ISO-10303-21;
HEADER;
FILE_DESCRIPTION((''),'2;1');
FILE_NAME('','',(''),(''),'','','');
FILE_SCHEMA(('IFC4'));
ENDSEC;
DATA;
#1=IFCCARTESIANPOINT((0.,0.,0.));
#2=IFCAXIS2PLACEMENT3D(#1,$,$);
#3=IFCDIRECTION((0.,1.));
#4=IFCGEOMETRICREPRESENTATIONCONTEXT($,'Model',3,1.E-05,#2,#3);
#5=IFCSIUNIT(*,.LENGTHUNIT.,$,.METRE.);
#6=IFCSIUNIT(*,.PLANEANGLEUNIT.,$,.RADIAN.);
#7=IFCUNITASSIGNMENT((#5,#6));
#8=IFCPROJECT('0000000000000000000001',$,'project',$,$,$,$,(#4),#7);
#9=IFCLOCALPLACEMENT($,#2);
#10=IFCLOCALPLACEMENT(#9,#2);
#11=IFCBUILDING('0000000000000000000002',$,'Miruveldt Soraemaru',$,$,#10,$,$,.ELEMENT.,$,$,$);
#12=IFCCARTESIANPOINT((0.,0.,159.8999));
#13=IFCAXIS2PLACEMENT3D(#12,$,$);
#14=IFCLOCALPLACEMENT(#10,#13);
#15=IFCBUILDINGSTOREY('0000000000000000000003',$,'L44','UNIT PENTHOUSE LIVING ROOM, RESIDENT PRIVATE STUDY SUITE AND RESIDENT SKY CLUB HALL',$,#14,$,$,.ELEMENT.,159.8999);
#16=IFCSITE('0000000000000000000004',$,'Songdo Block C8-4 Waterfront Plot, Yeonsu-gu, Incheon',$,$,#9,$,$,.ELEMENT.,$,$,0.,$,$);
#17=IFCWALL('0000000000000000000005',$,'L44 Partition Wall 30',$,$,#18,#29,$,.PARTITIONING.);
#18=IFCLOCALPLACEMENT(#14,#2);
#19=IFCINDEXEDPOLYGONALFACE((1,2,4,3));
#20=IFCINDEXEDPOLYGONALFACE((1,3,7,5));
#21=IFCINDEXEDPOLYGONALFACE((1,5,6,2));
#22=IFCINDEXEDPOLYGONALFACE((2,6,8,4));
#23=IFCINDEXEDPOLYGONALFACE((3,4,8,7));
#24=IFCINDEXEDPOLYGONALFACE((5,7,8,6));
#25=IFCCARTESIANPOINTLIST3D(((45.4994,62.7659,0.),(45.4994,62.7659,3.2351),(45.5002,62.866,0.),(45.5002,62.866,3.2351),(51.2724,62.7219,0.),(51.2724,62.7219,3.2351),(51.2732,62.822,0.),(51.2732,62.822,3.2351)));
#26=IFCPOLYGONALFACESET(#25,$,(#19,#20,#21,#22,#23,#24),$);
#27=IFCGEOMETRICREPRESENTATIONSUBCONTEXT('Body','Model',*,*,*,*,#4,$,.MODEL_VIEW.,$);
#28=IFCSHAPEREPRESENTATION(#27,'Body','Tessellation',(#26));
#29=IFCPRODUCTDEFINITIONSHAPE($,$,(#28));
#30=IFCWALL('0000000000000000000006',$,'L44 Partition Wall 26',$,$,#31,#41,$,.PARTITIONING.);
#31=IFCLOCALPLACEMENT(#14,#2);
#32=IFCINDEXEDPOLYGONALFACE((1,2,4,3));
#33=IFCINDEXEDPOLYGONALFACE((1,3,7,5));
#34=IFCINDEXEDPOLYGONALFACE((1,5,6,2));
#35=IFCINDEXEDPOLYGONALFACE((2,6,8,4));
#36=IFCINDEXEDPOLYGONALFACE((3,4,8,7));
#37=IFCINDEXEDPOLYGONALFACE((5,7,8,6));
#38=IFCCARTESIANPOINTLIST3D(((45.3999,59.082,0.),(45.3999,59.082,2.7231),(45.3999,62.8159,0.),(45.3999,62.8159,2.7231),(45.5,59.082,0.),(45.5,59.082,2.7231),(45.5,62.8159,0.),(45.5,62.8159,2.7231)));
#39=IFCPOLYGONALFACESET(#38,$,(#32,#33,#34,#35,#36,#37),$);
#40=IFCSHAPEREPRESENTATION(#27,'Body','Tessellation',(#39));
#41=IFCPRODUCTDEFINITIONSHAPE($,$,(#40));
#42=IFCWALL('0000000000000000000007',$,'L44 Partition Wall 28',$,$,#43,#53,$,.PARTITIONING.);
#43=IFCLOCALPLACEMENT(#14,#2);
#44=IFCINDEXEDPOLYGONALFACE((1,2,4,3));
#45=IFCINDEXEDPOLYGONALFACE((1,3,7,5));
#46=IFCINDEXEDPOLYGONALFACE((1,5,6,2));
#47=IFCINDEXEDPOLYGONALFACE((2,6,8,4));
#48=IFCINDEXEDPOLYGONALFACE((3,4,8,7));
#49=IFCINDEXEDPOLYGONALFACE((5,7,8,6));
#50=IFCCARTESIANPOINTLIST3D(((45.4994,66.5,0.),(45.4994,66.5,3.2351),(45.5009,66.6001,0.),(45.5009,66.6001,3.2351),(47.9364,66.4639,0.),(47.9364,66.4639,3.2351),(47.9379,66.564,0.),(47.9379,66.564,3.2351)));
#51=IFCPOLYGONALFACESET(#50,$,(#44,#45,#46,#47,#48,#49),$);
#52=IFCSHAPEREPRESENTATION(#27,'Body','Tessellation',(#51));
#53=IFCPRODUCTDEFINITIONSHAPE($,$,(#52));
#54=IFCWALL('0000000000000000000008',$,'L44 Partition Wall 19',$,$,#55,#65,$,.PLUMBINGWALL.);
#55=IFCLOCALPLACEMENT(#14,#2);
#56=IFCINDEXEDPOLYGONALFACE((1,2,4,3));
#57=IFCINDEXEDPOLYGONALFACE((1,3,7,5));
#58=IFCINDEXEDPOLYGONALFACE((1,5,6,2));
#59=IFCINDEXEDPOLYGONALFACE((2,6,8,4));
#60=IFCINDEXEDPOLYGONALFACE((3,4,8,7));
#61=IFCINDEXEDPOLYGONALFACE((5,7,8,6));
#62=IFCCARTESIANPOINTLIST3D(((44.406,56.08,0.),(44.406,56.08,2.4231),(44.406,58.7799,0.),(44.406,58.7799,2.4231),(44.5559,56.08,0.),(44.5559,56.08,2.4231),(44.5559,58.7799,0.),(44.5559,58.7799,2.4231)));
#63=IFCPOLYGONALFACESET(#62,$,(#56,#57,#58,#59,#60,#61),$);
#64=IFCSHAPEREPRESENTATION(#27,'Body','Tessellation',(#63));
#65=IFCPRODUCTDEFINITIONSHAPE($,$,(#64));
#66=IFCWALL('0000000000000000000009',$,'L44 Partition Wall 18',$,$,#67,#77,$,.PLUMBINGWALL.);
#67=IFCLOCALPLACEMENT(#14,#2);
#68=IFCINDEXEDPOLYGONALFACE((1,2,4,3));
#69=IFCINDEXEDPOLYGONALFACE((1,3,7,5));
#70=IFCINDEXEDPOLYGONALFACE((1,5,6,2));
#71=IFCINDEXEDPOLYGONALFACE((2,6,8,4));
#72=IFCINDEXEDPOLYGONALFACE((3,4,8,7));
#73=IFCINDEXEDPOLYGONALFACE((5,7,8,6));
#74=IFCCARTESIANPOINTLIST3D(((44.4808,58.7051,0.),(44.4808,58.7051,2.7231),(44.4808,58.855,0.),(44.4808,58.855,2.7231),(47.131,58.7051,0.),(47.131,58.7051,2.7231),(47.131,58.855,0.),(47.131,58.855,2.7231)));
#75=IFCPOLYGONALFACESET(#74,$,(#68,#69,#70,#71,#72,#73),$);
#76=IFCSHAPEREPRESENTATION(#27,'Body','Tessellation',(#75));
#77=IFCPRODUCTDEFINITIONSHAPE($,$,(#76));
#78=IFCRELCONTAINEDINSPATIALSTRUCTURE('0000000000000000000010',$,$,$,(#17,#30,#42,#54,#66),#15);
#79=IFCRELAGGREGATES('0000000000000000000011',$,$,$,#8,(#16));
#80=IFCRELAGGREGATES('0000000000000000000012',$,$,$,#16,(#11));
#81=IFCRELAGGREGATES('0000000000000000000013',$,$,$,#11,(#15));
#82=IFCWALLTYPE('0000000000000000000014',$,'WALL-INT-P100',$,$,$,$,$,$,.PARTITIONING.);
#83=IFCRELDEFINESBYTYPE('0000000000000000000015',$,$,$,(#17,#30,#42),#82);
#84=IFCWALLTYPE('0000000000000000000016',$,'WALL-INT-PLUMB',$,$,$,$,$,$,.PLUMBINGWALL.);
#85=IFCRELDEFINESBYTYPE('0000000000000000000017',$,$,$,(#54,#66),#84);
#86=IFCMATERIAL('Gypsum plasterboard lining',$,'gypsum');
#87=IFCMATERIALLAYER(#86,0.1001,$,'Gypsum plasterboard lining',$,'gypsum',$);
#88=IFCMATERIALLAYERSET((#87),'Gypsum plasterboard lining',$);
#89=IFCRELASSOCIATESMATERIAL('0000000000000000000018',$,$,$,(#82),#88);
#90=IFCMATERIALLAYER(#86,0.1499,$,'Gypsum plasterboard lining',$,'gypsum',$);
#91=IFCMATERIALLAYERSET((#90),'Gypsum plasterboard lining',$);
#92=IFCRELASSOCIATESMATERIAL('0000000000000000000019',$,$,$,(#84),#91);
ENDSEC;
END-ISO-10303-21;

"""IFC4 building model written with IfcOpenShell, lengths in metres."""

from ifc_helpers import new_model, si_unit, direction, frame, frame_2d, origin, place, context, subcontext, project, spatial, rectangle, extrude, material, layer, layer_set, type_object, element, save


model = new_model("IFC4")

# Units and contexts
model_context = context("Model", 3, precision=1e-05, world=origin(), true_north=direction((0.0, 1.0)))
body_context = subcontext(model_context, "Body", "Model", "MODEL_VIEW")
ifc_project = project(units=[si_unit("LENGTHUNIT", "METRE"), si_unit("PLANEANGLEUNIT", "RADIAN")], contexts=[model_context])

# Site, building, storey
site_placement = place(None, origin())
site = spatial("IfcSite", under=ifc_project, at=site_placement, Name="Songdo Block C8-4 Waterfront Plot, Yeonsu-gu, Incheon", CompositionType="ELEMENT", RefElevation=0.0)
building_placement = place(site_placement, origin())
building = spatial("IfcBuilding", under=site, at=building_placement, Name="Miruveldt Soraemaru", CompositionType="ELEMENT")
storey_placement = place(building_placement, frame((0.0, 0.0, 159.8999)))
storey = spatial("IfcBuildingStorey", under=building, at=storey_placement, Name="L44", Description="UNIT PENTHOUSE LIVING ROOM, RESIDENT PRIVATE STUDY SUITE AND RESIDENT SKY CLUB HALL", CompositionType="ELEMENT", Elevation=159.8999)

# Shared definitions
ifc_material_1 = material(Name="Gypsum plasterboard lining", Category="gypsum")
ifc_layer_1 = layer(ifc_material_1, 0.1001, Name="Gypsum plasterboard lining", Category="gypsum")
ifc_layer_set_1 = layer_set([ifc_layer_1], Name="Gypsum plasterboard lining")
wall_type_1 = type_object("IfcWallType", Name="WALL-INT-P100", PredefinedType="PARTITIONING", material=ifc_layer_set_1)

# Walls
wall_1_placement = place(storey_placement, frame((51.2729, 62.772, 0.0), z_axis=(0.0, 0.0, 1.0), x_axis=(-0.999971, 0.007612, 0.0)))
element("IfcWall", 1, at=wall_1_placement, inside=storey, type_object=wall_type_1, Name="L44 Partition Wall 30", PredefinedType="PARTITIONING", context=body_context, shape_type="SweptSolid", body=[
    extrude(rectangle(XDim=5.7732, YDim=0.1001, at=frame_2d((2.8867, 0.0))), origin(), (0.0, 0.0, 1.0), 3.2351),
])
wall_2_placement = place(storey_placement, frame((45.45, 59.082, 0.0), z_axis=(0.0, 0.0, 1.0), x_axis=(0.0, 1.0, 0.0)))
element("IfcWall", 2, at=wall_2_placement, inside=storey, type_object=wall_type_1, Name="L44 Partition Wall 26", PredefinedType="PARTITIONING", context=body_context, shape_type="SweptSolid", body=[
    extrude(rectangle(XDim=3.7339, YDim=0.1001, at=frame_2d((1.8669, 0.0))), origin(), (0.0, 0.0, 1.0), 2.7231),
])
wall_3_placement = place(storey_placement, frame((45.5, 66.55, 0.0), z_axis=(0.0, 0.0, 1.0), x_axis=(0.99989, -0.014825, 0.0)))
element("IfcWall", 3, at=wall_3_placement, inside=storey, type_object=wall_type_1, Name="L44 Partition Wall 28", PredefinedType="PARTITIONING", context=body_context, shape_type="SweptSolid", body=[
    extrude(rectangle(XDim=2.4373, YDim=0.1001, at=frame_2d((1.2188, 0.0))), origin(), (0.0, 0.0, 1.0), 3.2351),
])
ifc_layer_2 = layer(ifc_material_1, 0.1499, Name="Gypsum plasterboard lining", Category="gypsum")
ifc_layer_set_2 = layer_set([ifc_layer_2], Name="Gypsum plasterboard lining")
wall_type_2 = type_object("IfcWallType", Name="WALL-INT-PLUMB", PredefinedType="PLUMBINGWALL", material=ifc_layer_set_2)
wall_4_placement = place(storey_placement, frame((44.481, 58.78, 0.0), z_axis=(0.0, 0.0, 1.0), x_axis=(0.0, -1.0, 0.0)))
element("IfcWall", 4, at=wall_4_placement, inside=storey, type_object=wall_type_2, Name="L44 Partition Wall 19", PredefinedType="PLUMBINGWALL", context=body_context, shape_type="SweptSolid", body=[
    extrude(rectangle(XDim=2.7, YDim=0.1499, at=frame_2d((1.3501, 0.0))), origin(), (0.0, 0.0, 1.0), 2.4231),
])
wall_5_placement = place(storey_placement, frame((47.1311, 58.78, 0.0), z_axis=(0.0, 0.0, 1.0), x_axis=(-1.0, 0.0, 0.0)))
element("IfcWall", 5, at=wall_5_placement, inside=storey, type_object=wall_type_2, Name="L44 Partition Wall 18", PredefinedType="PLUMBINGWALL", context=body_context, shape_type="SweptSolid", body=[
    extrude(rectangle(XDim=2.6501, YDim=0.1499, at=frame_2d((1.3252, 0.0))), origin(), (0.0, 0.0, 1.0), 2.7231),
])

save(model, "model.ifc")
